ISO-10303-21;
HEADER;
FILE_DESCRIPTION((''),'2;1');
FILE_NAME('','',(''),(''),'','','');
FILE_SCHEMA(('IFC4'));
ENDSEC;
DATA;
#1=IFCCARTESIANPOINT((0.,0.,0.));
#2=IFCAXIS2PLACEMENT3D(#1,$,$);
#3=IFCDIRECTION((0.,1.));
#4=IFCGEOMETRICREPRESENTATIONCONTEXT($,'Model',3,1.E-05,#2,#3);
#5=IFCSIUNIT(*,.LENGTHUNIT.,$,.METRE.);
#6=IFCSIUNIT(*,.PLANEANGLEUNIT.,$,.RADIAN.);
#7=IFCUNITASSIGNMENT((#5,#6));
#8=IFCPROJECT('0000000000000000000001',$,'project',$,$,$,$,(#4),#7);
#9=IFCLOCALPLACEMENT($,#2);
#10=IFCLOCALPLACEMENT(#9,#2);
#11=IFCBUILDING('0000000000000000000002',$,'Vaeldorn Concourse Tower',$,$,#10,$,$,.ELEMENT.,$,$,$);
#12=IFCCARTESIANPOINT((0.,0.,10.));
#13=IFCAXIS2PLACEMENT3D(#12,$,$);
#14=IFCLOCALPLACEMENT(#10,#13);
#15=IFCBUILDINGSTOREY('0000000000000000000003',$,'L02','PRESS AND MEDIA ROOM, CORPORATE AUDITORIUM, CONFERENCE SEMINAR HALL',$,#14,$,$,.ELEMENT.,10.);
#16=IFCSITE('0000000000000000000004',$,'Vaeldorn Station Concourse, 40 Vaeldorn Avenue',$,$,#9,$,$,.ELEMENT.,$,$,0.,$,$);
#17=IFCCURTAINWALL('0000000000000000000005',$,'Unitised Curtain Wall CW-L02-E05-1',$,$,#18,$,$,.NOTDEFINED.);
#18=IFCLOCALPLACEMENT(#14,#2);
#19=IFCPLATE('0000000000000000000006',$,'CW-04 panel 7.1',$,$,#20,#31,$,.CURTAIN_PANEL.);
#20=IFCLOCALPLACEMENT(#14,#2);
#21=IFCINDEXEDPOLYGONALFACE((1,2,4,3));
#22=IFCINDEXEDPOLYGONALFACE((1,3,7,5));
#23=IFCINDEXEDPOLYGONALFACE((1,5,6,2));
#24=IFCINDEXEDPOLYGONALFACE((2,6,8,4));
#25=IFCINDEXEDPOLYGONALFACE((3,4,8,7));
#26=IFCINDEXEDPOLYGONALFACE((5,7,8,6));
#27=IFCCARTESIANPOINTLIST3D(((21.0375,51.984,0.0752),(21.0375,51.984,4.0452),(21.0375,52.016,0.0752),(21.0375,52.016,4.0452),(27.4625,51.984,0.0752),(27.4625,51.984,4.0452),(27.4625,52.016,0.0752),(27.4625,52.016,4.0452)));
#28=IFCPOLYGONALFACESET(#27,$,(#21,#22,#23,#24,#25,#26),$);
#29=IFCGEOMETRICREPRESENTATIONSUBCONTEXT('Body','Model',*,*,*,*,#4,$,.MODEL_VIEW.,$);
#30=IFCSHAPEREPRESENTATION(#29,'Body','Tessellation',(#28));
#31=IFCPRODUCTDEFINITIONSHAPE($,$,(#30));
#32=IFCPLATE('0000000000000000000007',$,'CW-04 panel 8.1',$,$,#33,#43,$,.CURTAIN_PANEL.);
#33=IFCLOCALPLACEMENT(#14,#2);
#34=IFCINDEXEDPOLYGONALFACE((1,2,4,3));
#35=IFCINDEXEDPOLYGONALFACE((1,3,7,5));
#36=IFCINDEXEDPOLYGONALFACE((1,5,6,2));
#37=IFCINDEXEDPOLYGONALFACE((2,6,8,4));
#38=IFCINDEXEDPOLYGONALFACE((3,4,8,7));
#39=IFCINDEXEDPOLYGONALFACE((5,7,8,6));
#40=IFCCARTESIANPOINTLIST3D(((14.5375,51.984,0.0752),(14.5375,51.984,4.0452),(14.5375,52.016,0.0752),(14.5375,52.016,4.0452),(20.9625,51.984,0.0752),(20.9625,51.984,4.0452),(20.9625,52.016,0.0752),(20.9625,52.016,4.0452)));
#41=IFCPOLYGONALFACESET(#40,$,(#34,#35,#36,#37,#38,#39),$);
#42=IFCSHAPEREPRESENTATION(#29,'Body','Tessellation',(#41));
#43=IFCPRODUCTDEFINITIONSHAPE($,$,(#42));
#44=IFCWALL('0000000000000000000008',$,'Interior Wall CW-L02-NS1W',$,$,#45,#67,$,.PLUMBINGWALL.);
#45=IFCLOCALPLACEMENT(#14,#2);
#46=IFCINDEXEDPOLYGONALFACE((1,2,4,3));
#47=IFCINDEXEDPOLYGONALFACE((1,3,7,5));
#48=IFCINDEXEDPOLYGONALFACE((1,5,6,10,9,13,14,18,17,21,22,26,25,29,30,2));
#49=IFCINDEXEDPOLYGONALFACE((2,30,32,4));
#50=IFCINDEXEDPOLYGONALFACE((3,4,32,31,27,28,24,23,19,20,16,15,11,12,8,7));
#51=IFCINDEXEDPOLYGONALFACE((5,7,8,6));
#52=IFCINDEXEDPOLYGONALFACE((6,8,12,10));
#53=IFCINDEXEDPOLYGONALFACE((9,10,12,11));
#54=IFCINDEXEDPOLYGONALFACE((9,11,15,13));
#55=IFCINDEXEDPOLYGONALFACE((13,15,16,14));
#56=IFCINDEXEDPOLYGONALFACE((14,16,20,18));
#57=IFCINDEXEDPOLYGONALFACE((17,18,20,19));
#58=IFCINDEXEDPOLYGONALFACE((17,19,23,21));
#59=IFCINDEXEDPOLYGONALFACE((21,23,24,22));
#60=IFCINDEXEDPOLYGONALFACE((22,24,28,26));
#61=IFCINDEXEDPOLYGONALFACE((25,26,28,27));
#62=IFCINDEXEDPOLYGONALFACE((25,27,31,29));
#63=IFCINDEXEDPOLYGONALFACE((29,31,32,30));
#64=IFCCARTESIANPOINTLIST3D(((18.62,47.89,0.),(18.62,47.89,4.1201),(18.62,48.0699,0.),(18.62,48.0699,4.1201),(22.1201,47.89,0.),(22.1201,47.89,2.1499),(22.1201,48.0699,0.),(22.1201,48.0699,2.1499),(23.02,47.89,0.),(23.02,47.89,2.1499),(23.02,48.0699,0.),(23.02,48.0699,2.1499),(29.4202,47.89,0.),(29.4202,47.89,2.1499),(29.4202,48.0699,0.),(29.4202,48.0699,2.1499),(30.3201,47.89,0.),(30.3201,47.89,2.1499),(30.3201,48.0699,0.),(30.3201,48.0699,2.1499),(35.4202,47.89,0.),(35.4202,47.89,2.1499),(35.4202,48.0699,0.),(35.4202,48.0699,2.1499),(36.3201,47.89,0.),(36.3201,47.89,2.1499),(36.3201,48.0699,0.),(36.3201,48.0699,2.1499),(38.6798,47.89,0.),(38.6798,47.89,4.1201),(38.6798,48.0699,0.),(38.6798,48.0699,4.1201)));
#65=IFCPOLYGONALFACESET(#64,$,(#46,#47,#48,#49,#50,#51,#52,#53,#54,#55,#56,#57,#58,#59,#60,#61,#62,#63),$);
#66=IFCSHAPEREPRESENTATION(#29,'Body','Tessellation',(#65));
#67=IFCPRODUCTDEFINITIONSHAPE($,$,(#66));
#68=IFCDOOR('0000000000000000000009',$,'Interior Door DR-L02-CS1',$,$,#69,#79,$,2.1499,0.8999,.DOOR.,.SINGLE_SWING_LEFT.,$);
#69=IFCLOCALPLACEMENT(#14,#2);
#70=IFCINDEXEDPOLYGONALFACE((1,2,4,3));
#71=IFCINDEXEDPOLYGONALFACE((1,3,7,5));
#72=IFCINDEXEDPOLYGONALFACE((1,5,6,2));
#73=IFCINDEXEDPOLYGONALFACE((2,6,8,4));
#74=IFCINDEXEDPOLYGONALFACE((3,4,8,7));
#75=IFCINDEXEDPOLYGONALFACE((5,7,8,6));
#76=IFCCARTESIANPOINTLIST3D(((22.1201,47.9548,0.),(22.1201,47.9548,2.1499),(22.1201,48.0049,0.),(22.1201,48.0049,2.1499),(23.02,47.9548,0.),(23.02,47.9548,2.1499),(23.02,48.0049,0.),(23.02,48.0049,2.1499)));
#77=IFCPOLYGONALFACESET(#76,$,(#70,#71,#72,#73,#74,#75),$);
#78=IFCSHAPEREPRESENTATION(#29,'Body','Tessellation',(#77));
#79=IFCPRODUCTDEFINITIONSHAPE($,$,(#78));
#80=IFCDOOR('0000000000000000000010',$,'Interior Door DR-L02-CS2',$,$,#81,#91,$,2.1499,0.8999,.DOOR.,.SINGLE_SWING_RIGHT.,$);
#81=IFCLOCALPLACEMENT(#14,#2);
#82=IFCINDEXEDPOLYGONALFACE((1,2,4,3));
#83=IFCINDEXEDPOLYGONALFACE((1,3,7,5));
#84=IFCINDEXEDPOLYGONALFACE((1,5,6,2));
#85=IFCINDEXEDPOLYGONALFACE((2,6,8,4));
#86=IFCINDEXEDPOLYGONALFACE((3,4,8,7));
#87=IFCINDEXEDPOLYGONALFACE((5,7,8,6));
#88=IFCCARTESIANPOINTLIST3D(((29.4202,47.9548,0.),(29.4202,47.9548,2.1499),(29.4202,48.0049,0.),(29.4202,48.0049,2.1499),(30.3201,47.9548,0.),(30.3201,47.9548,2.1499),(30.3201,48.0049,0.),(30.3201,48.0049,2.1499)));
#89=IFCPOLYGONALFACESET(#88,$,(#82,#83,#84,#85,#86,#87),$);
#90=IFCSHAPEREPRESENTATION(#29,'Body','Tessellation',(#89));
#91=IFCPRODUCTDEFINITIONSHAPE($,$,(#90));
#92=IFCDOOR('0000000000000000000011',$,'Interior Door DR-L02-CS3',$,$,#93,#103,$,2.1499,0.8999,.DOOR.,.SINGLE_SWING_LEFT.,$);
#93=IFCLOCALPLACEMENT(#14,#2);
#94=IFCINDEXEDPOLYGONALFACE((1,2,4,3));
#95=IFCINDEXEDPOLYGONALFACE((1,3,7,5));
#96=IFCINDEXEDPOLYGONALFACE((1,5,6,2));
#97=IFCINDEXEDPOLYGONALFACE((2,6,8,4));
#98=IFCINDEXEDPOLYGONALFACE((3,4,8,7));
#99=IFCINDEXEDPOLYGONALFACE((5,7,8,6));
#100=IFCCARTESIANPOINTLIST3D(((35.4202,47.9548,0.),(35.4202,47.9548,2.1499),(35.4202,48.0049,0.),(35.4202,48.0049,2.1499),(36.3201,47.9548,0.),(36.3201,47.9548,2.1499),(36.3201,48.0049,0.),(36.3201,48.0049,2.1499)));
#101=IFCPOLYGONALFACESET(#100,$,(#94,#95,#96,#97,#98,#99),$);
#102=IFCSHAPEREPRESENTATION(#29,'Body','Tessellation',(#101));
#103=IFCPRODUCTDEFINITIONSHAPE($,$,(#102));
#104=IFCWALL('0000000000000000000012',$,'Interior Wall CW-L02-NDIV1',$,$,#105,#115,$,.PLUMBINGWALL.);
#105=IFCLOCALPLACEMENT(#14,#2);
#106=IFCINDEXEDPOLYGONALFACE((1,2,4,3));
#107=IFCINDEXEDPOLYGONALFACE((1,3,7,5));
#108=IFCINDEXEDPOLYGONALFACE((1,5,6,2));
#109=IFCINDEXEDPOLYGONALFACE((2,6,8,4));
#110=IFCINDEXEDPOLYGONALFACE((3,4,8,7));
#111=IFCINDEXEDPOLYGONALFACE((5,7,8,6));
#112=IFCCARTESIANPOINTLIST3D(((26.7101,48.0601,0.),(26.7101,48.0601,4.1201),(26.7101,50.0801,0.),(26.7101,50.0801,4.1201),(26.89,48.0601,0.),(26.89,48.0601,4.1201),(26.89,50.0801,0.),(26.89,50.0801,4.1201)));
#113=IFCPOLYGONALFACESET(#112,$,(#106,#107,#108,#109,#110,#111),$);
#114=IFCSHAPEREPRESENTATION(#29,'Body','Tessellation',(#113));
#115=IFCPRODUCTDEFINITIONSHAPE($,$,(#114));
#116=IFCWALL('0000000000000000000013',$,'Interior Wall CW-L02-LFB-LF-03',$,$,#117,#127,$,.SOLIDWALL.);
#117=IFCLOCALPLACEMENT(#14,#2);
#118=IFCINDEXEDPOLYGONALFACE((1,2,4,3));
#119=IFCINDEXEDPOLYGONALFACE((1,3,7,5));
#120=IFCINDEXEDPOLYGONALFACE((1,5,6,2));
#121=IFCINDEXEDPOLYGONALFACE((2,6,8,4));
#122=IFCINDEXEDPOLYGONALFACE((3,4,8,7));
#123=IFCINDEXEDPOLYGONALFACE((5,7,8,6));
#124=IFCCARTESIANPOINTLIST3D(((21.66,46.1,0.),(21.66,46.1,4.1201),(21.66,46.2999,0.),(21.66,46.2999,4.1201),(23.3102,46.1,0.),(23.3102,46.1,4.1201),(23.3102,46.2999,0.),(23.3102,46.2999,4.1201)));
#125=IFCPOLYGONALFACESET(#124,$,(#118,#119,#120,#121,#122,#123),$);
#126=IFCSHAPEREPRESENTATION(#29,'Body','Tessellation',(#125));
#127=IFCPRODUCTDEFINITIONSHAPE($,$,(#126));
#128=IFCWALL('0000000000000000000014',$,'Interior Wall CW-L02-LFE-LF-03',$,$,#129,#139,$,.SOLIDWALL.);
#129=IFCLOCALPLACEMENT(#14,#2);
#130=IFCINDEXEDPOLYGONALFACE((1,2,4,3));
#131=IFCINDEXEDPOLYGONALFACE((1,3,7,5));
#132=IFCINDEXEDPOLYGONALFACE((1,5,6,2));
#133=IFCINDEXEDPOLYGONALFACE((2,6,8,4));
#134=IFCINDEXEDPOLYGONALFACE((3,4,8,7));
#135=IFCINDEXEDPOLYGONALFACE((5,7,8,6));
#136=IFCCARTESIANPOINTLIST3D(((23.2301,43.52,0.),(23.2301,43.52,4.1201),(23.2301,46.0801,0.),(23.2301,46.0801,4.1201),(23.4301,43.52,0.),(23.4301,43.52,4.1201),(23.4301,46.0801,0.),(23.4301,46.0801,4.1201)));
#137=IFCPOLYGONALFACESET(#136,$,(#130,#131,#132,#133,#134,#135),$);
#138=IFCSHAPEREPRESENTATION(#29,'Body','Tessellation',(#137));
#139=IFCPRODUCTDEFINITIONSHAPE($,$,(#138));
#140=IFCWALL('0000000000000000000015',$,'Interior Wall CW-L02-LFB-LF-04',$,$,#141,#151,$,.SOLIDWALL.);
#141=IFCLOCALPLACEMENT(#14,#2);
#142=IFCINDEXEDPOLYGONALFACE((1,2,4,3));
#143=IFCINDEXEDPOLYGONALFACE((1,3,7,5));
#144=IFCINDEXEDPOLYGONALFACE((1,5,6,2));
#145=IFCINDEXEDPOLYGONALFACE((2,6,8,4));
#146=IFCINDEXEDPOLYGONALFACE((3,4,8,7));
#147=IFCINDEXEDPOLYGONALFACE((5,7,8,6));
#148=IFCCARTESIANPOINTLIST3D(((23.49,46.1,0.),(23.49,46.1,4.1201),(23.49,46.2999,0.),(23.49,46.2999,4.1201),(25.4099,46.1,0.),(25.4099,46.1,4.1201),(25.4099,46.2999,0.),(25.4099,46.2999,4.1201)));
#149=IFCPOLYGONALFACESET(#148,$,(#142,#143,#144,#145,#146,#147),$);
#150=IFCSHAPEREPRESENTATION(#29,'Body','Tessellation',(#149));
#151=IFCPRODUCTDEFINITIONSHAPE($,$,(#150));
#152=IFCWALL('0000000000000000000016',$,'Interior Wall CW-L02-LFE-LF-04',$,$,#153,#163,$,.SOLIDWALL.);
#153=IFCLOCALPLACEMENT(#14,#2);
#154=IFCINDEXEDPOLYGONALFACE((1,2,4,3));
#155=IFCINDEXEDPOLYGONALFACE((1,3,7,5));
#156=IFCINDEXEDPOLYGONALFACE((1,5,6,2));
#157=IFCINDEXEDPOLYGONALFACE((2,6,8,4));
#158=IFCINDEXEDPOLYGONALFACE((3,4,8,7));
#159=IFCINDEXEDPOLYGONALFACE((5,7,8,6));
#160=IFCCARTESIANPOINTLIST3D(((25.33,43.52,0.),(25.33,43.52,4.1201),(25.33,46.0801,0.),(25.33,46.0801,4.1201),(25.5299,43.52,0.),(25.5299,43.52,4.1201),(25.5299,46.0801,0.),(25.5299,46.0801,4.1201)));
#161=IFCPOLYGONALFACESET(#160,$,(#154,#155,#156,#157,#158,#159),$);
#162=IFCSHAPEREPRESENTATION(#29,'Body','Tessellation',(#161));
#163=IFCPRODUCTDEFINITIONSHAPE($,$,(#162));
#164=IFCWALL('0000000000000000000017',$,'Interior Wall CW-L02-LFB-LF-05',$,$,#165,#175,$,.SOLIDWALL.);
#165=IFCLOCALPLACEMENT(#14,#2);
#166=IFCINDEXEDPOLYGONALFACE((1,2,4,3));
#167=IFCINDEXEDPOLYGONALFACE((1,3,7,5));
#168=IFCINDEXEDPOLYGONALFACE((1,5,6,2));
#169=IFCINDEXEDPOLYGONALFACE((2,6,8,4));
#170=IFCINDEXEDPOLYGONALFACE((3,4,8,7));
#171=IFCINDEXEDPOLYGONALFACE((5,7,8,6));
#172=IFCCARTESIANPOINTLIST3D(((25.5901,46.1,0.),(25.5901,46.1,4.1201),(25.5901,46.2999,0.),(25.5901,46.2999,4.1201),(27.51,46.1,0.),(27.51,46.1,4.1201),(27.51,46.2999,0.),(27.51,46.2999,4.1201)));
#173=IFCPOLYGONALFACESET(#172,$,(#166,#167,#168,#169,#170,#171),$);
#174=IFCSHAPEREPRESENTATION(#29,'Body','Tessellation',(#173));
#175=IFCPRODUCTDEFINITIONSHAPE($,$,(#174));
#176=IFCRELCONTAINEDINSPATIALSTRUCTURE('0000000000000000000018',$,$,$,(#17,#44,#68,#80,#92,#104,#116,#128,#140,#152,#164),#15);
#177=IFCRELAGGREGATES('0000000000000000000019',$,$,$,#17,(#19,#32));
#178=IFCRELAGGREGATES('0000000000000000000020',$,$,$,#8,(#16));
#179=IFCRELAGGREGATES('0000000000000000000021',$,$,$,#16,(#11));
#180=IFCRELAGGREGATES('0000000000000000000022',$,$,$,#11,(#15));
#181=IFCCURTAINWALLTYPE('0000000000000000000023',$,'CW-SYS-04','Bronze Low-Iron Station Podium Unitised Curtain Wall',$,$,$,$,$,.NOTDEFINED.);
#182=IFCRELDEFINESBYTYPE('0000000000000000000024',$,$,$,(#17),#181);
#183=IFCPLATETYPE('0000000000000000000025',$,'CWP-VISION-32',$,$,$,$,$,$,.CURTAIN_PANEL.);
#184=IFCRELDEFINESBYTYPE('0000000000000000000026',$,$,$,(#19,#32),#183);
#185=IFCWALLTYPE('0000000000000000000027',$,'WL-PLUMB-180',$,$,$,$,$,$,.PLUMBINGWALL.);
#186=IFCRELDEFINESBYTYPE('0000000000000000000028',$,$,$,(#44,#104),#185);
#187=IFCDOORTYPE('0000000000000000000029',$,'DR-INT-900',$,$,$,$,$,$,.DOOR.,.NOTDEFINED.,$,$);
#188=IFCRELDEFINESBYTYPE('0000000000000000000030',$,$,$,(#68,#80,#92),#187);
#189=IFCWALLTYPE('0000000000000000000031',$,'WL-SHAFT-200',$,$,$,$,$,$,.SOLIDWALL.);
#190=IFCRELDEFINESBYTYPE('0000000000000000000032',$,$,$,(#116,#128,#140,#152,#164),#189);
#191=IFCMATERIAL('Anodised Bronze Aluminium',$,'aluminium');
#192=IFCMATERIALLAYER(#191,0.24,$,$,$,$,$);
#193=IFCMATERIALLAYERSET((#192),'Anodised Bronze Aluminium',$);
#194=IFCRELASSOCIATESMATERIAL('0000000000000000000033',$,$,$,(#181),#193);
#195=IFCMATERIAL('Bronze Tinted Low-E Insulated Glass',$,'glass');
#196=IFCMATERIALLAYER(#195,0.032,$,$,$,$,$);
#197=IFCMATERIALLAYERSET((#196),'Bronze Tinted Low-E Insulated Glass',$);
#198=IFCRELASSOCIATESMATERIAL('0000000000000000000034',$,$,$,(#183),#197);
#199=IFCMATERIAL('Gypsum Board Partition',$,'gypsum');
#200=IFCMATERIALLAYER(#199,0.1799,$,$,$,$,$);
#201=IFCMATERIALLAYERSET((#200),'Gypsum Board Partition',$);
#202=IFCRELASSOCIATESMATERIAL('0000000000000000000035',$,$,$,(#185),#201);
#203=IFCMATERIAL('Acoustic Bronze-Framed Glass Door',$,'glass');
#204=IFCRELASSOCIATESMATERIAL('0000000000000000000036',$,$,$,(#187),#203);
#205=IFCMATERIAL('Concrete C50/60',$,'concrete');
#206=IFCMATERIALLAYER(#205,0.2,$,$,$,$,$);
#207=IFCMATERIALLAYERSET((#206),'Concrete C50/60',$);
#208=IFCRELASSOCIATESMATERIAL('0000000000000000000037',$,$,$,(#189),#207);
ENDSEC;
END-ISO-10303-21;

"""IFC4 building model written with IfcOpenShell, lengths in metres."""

from ifc_helpers import new_model, si_unit, direction, frame, frame_2d, origin, origin_2d, place, context, subcontext, project, spatial, rectangle, extrude, source, transform, mapped, material, layer, layer_set, type_object, element, fill, aggregate, save


model = new_model("IFC4")

# Units and contexts
model_context = context("Model", 3, precision=1e-05, world=origin(), true_north=direction((0.0, 1.0)))
body_context = subcontext(model_context, "Body", "Model", "MODEL_VIEW")
ifc_project = project(units=[si_unit("LENGTHUNIT", "METRE"), si_unit("PLANEANGLEUNIT", "RADIAN")], contexts=[model_context])

# Site, building, storey
site_placement = place(None, origin())
site = spatial("IfcSite", under=ifc_project, at=site_placement, Name="Vaeldorn Station Concourse, 40 Vaeldorn Avenue", CompositionType="ELEMENT", RefElevation=0.0)
building_placement = place(site_placement, origin())
building = spatial("IfcBuilding", under=site, at=building_placement, Name="Vaeldorn Concourse Tower", CompositionType="ELEMENT")
storey_placement = place(building_placement, frame((0.0, 0.0, 10.0)))
storey = spatial("IfcBuildingStorey", under=building, at=storey_placement, Name="L02", Description="PRESS AND MEDIA ROOM, CORPORATE AUDITORIUM, CONFERENCE SEMINAR HALL", CompositionType="ELEMENT", Elevation=10.0)

# Curtain wall, plates
ifc_material_1 = material(Name="Anodised Bronze Aluminium", Category="aluminium")
ifc_layer_1 = layer(ifc_material_1, 0.24)
ifc_layer_set_1 = layer_set([ifc_layer_1], Name="Anodised Bronze Aluminium")
curtain_wall_type = type_object("IfcCurtainWallType", Name="CW-SYS-04", Description="Bronze Low-Iron Station Podium Unitised Curtain Wall", PredefinedType="NOTDEFINED", material=ifc_layer_set_1)
curtain_wall_placement = place(storey_placement, origin())
curtain_wall = element("IfcCurtainWall", 1, at=curtain_wall_placement, inside=storey, type_object=curtain_wall_type, Name="Unitised Curtain Wall CW-L02-E05-1", PredefinedType="NOTDEFINED")
ifc_material_2 = material(Name="Bronze Tinted Low-E Insulated Glass", Category="glass")
ifc_layer_2 = layer(ifc_material_2, 0.032)
ifc_layer_set_2 = layer_set([ifc_layer_2], Name="Bronze Tinted Low-E Insulated Glass")
plate_type = type_object("IfcPlateType", Name="CWP-VISION-32", PredefinedType="CURTAIN_PANEL", material=ifc_layer_set_2)
shared_shape_1 = source(origin(), body_context, "Body", "SweptSolid", [
    extrude(rectangle(XDim=6.425, YDim=0.032, at=origin_2d()), origin(), (0.0, 0.0, 1.0), 3.97),
])
plate_1_placement = place(storey_placement, frame((24.25, 52.0, 0.0752), z_axis=(0.0, 0.0, 1.0), x_axis=(-1.0, 0.0, 0.0)))
plate_1 = element("IfcPlate", 2, at=plate_1_placement, type_object=plate_type, Name="CW-04 panel 7.1", PredefinedType="CURTAIN_PANEL", context=body_context, shape_type="MappedRepresentation", body=[
    mapped(shared_shape_1, transform((0.0, 0.0, 0.0), scale=1.0)),
])
plate_2_placement = place(storey_placement, frame((17.75, 52.0, 0.0752), z_axis=(0.0, 0.0, 1.0), x_axis=(-1.0, 0.0, 0.0)))
plate_2 = element("IfcPlate", 3, at=plate_2_placement, type_object=plate_type, Name="CW-04 panel 8.1", PredefinedType="CURTAIN_PANEL", context=body_context, shape_type="MappedRepresentation", body=[
    mapped(shared_shape_1, transform((0.0, 0.0, 0.0), scale=1.0)),
])
aggregate(curtain_wall, [plate_1, plate_2])

# Wall, openings, doors
ifc_material_3 = material(Name="Gypsum Board Partition", Category="gypsum")
ifc_layer_3 = layer(ifc_material_3, 0.1799)
ifc_layer_set_3 = layer_set([ifc_layer_3], Name="Gypsum Board Partition")
wall_type_1 = type_object("IfcWallType", Name="WL-PLUMB-180", PredefinedType="PLUMBINGWALL", material=ifc_layer_set_3)
wall_1_placement = place(storey_placement, frame((18.6201, 47.98, 0.0), z_axis=(0.0, 0.0, 1.0), x_axis=(1.0, 0.0, 0.0)))
wall_1 = element("IfcWall", 4, at=wall_1_placement, inside=storey, type_object=wall_type_1, Name="Interior Wall CW-L02-NS1W", PredefinedType="PLUMBINGWALL", context=body_context, shape_type="SweptSolid", body=[
    extrude(rectangle(XDim=20.0598, YDim=0.1799, at=frame_2d((10.0298, 0.0))), origin(), (0.0, 0.0, 1.0), 4.1201),
])
opening_1_placement = place(wall_1_placement, frame((3.5, 0.0, 0.0)))
opening_1 = element("IfcOpeningElement", 5, at=opening_1_placement, cuts=wall_1, PredefinedType="OPENING", context=body_context, shape_type="SweptSolid", body=[
    extrude(rectangle(XDim=0.8999, YDim=2.1499, at=frame_2d((0.45, 1.075))), frame((0.0, 0.1001, 0.0), z_axis=(0.0, -1.0, 0.0), x_axis=(1.0, 0.0, 0.0)), (0.0, 0.0, 1.0), 0.2),
])
opening_2_placement = place(wall_1_placement, frame((10.8, 0.0, 0.0)))
opening_2 = element("IfcOpeningElement", 6, at=opening_2_placement, cuts=wall_1, PredefinedType="OPENING", context=body_context, shape_type="SweptSolid", body=[
    extrude(rectangle(XDim=0.8999, YDim=2.1499, at=frame_2d((0.45, 1.075))), frame((0.0, 0.1001, 0.0), z_axis=(0.0, -1.0, 0.0), x_axis=(1.0, 0.0, 0.0)), (0.0, 0.0, 1.0), 0.2),
])
opening_3_placement = place(wall_1_placement, frame((16.8, 0.0, 0.0)))
opening_3 = element("IfcOpeningElement", 7, at=opening_3_placement, cuts=wall_1, PredefinedType="OPENING", context=body_context, shape_type="SweptSolid", body=[
    extrude(rectangle(XDim=0.8999, YDim=2.1499, at=frame_2d((0.45, 1.075))), frame((0.0, 0.1001, 0.0), z_axis=(0.0, -1.0, 0.0), x_axis=(1.0, 0.0, 0.0)), (0.0, 0.0, 1.0), 0.2),
])
ifc_material_4 = material(Name="Acoustic Bronze-Framed Glass Door", Category="glass")
door_type_1 = type_object("IfcDoorType", Name="DR-INT-900", OperationType="NOTDEFINED", PredefinedType="DOOR", material=ifc_material_4)
shared_shape_2 = source(origin(), body_context, "Body", "SweptSolid", [
    extrude(rectangle(XDim=0.8999, YDim=2.1499, at=frame_2d((0.45, 1.075))), frame((0.0, 0.0249, 0.0), z_axis=(0.0, -1.0, 0.0), x_axis=(1.0, 0.0, 0.0)), (0.0, 0.0, 1.0), 0.05),
])
door_1_placement = place(opening_1_placement, origin())
door_1 = element("IfcDoor", 8, at=door_1_placement, inside=storey, type_object=door_type_1, Name="Interior Door DR-L02-CS1", OperationType="SINGLE_SWING_LEFT", OverallHeight=2.1499, OverallWidth=0.8999, PredefinedType="DOOR", context=body_context, shape_type="MappedRepresentation", body=[
    mapped(shared_shape_2, transform((0.0, 0.0, 0.0), scale=1.0)),
])
fill(opening_1, door_1)
door_2_placement = place(opening_2_placement, origin())
door_2 = element("IfcDoor", 9, at=door_2_placement, inside=storey, type_object=door_type_1, Name="Interior Door DR-L02-CS2", OperationType="SINGLE_SWING_RIGHT", OverallHeight=2.1499, OverallWidth=0.8999, PredefinedType="DOOR", context=body_context, shape_type="MappedRepresentation", body=[
    mapped(shared_shape_2, transform((0.0, 0.0, 0.0), scale=1.0)),
])
fill(opening_2, door_2)
door_3_placement = place(opening_3_placement, origin())
door_3 = element("IfcDoor", 10, at=door_3_placement, inside=storey, type_object=door_type_1, Name="Interior Door DR-L02-CS3", OperationType="SINGLE_SWING_LEFT", OverallHeight=2.1499, OverallWidth=0.8999, PredefinedType="DOOR", context=body_context, shape_type="MappedRepresentation", body=[
    mapped(shared_shape_2, transform((0.0, 0.0, 0.0), scale=1.0)),
])
fill(opening_3, door_3)

# Walls
wall_2_placement = place(storey_placement, frame((26.8, 48.0601, 0.0), z_axis=(0.0, 0.0, 1.0), x_axis=(0.0, 1.0, 0.0)))
element("IfcWall", 11, at=wall_2_placement, inside=storey, type_object=wall_type_1, Name="Interior Wall CW-L02-NDIV1", PredefinedType="PLUMBINGWALL", context=body_context, shape_type="SweptSolid", body=[
    extrude(rectangle(XDim=2.02, YDim=0.1799, at=frame_2d((1.01, 0.0))), origin(), (0.0, 0.0, 1.0), 4.1201),
])
ifc_material_5 = material(Name="Concrete C50/60", Category="concrete")
ifc_layer_4 = layer(ifc_material_5, 0.2)
ifc_layer_set_4 = layer_set([ifc_layer_4], Name="Concrete C50/60")
wall_type_2 = type_object("IfcWallType", Name="WL-SHAFT-200", PredefinedType="SOLIDWALL", material=ifc_layer_set_4)
wall_3_placement = place(storey_placement, frame((21.6599, 46.2, 0.0), z_axis=(0.0, 0.0, 1.0), x_axis=(1.0, 0.0, 0.0)))
element("IfcWall", 12, at=wall_3_placement, inside=storey, type_object=wall_type_2, Name="Interior Wall CW-L02-LFB-LF-03", PredefinedType="SOLIDWALL", context=body_context, shape_type="SweptSolid", body=[
    extrude(rectangle(XDim=1.6501, YDim=0.2, at=frame_2d((0.8252, 0.0))), origin(), (0.0, 0.0, 1.0), 4.1201),
])
wall_4_placement = place(storey_placement, frame((23.3301, 43.52, 0.0), z_axis=(0.0, 0.0, 1.0), x_axis=(0.0, 1.0, 0.0)))
element("IfcWall", 13, at=wall_4_placement, inside=storey, type_object=wall_type_2, Name="Interior Wall CW-L02-LFE-LF-03", PredefinedType="SOLIDWALL", context=body_context, shape_type="SweptSolid", body=[
    extrude(rectangle(XDim=2.5601, YDim=0.2, at=frame_2d((1.28, 0.0))), origin(), (0.0, 0.0, 1.0), 4.1201),
])
wall_5_placement = place(storey_placement, frame((23.49, 46.2, 0.0), z_axis=(0.0, 0.0, 1.0), x_axis=(1.0, 0.0, 0.0)))
element("IfcWall", 14, at=wall_5_placement, inside=storey, type_object=wall_type_2, Name="Interior Wall CW-L02-LFB-LF-04", PredefinedType="SOLIDWALL", context=body_context, shape_type="SweptSolid", body=[
    extrude(rectangle(XDim=1.9199, YDim=0.2, at=frame_2d((0.96, 0.0))), origin(), (0.0, 0.0, 1.0), 4.1201),
])
wall_6_placement = place(storey_placement, frame((25.4299, 43.52, 0.0), z_axis=(0.0, 0.0, 1.0), x_axis=(0.0, 1.0, 0.0)))
element("IfcWall", 15, at=wall_6_placement, inside=storey, type_object=wall_type_2, Name="Interior Wall CW-L02-LFE-LF-04", PredefinedType="SOLIDWALL", context=body_context, shape_type="SweptSolid", body=[
    extrude(rectangle(XDim=2.5601, YDim=0.2, at=frame_2d((1.28, 0.0))), origin(), (0.0, 0.0, 1.0), 4.1201),
])
wall_7_placement = place(storey_placement, frame((25.5901, 46.2, 0.0), z_axis=(0.0, 0.0, 1.0), x_axis=(1.0, 0.0, 0.0)))
element("IfcWall", 16, at=wall_7_placement, inside=storey, type_object=wall_type_2, Name="Interior Wall CW-L02-LFB-LF-05", PredefinedType="SOLIDWALL", context=body_context, shape_type="SweptSolid", body=[
    extrude(rectangle(XDim=1.9199, YDim=0.2, at=frame_2d((0.96, 0.0))), origin(), (0.0, 0.0, 1.0), 4.1201),
])

save(model, "model.ifc")
